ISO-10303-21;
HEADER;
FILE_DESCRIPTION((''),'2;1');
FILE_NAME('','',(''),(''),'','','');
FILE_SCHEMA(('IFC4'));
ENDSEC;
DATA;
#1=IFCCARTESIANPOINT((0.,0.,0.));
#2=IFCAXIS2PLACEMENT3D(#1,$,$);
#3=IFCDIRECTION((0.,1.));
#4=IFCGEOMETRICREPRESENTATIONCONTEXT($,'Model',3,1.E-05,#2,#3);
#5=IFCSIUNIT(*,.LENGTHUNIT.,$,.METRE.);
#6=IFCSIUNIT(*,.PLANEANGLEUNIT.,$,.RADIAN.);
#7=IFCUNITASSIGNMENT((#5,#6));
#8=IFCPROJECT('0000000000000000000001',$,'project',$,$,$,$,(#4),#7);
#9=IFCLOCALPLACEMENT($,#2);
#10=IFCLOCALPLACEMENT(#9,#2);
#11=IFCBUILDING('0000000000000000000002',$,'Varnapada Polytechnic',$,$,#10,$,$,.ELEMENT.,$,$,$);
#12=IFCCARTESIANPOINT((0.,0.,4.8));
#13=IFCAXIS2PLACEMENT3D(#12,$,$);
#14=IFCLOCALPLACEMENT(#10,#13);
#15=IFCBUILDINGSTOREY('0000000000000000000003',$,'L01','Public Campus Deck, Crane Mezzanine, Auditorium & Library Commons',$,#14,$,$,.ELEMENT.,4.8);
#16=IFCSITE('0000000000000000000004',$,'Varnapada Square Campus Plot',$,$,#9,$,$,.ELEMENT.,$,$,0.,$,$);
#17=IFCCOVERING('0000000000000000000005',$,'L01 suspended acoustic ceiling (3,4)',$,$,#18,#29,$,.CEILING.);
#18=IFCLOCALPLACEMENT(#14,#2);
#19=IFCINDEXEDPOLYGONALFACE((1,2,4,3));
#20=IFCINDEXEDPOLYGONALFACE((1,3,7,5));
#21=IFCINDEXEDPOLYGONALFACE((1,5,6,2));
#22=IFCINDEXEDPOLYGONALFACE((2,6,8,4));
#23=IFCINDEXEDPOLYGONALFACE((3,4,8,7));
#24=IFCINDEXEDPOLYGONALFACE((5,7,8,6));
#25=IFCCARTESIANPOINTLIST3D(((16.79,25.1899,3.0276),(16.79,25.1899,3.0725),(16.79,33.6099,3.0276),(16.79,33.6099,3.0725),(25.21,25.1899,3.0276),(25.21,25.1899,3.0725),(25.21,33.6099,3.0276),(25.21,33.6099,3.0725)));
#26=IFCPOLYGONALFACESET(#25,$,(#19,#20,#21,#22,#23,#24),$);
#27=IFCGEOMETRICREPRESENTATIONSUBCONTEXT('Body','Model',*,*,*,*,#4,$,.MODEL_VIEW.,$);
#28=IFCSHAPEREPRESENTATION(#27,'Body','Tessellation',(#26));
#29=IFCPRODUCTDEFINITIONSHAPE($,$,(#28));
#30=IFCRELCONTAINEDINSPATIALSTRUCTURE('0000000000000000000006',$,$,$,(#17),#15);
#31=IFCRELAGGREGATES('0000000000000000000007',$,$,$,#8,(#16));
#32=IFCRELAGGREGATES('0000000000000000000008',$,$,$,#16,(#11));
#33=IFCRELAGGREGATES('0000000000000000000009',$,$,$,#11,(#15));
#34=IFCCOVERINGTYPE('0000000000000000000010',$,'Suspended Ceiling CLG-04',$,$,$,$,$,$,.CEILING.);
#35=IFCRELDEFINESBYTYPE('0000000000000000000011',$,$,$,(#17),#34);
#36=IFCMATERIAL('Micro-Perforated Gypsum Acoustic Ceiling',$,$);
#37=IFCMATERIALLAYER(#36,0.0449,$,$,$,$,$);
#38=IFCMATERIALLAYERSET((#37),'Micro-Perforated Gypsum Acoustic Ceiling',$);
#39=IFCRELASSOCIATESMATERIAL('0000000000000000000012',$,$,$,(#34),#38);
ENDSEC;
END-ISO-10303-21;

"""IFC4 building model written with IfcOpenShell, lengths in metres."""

from ifc_helpers import new_model, si_unit, direction, frame, origin, origin_2d, place, context, subcontext, project, spatial, rectangle, extrude, material, layer, layer_set, type_object, element, save


model = new_model("IFC4")

# Units and contexts
model_context = context("Model", 3, precision=1e-05, world=origin(), true_north=direction((0.0, 1.0)))
body_context = subcontext(model_context, "Body", "Model", "MODEL_VIEW")
ifc_project = project(units=[si_unit("LENGTHUNIT", "METRE"), si_unit("PLANEANGLEUNIT", "RADIAN")], contexts=[model_context])

# Site, building, storey
site_placement = place(None, origin())
site = spatial("IfcSite", under=ifc_project, at=site_placement, Name="Varnapada Square Campus Plot", CompositionType="ELEMENT", RefElevation=0.0)
building_placement = place(site_placement, origin())
building = spatial("IfcBuilding", under=site, at=building_placement, Name="Varnapada Polytechnic", CompositionType="ELEMENT")
storey_placement = place(building_placement, frame((0.0, 0.0, 4.8)))
storey = spatial("IfcBuildingStorey", under=building, at=storey_placement, Name="L01", Description="Public Campus Deck, Crane Mezzanine, Auditorium & Library Commons", CompositionType="ELEMENT", Elevation=4.8)

# Covering
ifc_material_1 = material(Name="Micro-Perforated Gypsum Acoustic Ceiling")
ifc_layer_1 = layer(ifc_material_1, 0.0449)
ifc_layer_set_1 = layer_set([ifc_layer_1], Name="Micro-Perforated Gypsum Acoustic Ceiling")
covering_type_1 = type_object("IfcCoveringType", Name="Suspended Ceiling CLG-04", PredefinedType="CEILING", material=ifc_layer_set_1)
covering_1_placement = place(storey_placement, frame((21.0, 29.3999, 3.0276), z_axis=(0.0, 0.0, 1.0), x_axis=(1.0, 0.0, 0.0)))
element("IfcCovering", 1, at=covering_1_placement, inside=storey, type_object=covering_type_1, Name="L01 suspended acoustic ceiling (3,4)", PredefinedType="CEILING", context=body_context, shape_type="SweptSolid", body=[
    extrude(rectangle(XDim=8.4199, YDim=8.4199, at=origin_2d()), origin(), (0.0, 0.0, 1.0), 0.0449),
])

save(model, "model.ifc")
